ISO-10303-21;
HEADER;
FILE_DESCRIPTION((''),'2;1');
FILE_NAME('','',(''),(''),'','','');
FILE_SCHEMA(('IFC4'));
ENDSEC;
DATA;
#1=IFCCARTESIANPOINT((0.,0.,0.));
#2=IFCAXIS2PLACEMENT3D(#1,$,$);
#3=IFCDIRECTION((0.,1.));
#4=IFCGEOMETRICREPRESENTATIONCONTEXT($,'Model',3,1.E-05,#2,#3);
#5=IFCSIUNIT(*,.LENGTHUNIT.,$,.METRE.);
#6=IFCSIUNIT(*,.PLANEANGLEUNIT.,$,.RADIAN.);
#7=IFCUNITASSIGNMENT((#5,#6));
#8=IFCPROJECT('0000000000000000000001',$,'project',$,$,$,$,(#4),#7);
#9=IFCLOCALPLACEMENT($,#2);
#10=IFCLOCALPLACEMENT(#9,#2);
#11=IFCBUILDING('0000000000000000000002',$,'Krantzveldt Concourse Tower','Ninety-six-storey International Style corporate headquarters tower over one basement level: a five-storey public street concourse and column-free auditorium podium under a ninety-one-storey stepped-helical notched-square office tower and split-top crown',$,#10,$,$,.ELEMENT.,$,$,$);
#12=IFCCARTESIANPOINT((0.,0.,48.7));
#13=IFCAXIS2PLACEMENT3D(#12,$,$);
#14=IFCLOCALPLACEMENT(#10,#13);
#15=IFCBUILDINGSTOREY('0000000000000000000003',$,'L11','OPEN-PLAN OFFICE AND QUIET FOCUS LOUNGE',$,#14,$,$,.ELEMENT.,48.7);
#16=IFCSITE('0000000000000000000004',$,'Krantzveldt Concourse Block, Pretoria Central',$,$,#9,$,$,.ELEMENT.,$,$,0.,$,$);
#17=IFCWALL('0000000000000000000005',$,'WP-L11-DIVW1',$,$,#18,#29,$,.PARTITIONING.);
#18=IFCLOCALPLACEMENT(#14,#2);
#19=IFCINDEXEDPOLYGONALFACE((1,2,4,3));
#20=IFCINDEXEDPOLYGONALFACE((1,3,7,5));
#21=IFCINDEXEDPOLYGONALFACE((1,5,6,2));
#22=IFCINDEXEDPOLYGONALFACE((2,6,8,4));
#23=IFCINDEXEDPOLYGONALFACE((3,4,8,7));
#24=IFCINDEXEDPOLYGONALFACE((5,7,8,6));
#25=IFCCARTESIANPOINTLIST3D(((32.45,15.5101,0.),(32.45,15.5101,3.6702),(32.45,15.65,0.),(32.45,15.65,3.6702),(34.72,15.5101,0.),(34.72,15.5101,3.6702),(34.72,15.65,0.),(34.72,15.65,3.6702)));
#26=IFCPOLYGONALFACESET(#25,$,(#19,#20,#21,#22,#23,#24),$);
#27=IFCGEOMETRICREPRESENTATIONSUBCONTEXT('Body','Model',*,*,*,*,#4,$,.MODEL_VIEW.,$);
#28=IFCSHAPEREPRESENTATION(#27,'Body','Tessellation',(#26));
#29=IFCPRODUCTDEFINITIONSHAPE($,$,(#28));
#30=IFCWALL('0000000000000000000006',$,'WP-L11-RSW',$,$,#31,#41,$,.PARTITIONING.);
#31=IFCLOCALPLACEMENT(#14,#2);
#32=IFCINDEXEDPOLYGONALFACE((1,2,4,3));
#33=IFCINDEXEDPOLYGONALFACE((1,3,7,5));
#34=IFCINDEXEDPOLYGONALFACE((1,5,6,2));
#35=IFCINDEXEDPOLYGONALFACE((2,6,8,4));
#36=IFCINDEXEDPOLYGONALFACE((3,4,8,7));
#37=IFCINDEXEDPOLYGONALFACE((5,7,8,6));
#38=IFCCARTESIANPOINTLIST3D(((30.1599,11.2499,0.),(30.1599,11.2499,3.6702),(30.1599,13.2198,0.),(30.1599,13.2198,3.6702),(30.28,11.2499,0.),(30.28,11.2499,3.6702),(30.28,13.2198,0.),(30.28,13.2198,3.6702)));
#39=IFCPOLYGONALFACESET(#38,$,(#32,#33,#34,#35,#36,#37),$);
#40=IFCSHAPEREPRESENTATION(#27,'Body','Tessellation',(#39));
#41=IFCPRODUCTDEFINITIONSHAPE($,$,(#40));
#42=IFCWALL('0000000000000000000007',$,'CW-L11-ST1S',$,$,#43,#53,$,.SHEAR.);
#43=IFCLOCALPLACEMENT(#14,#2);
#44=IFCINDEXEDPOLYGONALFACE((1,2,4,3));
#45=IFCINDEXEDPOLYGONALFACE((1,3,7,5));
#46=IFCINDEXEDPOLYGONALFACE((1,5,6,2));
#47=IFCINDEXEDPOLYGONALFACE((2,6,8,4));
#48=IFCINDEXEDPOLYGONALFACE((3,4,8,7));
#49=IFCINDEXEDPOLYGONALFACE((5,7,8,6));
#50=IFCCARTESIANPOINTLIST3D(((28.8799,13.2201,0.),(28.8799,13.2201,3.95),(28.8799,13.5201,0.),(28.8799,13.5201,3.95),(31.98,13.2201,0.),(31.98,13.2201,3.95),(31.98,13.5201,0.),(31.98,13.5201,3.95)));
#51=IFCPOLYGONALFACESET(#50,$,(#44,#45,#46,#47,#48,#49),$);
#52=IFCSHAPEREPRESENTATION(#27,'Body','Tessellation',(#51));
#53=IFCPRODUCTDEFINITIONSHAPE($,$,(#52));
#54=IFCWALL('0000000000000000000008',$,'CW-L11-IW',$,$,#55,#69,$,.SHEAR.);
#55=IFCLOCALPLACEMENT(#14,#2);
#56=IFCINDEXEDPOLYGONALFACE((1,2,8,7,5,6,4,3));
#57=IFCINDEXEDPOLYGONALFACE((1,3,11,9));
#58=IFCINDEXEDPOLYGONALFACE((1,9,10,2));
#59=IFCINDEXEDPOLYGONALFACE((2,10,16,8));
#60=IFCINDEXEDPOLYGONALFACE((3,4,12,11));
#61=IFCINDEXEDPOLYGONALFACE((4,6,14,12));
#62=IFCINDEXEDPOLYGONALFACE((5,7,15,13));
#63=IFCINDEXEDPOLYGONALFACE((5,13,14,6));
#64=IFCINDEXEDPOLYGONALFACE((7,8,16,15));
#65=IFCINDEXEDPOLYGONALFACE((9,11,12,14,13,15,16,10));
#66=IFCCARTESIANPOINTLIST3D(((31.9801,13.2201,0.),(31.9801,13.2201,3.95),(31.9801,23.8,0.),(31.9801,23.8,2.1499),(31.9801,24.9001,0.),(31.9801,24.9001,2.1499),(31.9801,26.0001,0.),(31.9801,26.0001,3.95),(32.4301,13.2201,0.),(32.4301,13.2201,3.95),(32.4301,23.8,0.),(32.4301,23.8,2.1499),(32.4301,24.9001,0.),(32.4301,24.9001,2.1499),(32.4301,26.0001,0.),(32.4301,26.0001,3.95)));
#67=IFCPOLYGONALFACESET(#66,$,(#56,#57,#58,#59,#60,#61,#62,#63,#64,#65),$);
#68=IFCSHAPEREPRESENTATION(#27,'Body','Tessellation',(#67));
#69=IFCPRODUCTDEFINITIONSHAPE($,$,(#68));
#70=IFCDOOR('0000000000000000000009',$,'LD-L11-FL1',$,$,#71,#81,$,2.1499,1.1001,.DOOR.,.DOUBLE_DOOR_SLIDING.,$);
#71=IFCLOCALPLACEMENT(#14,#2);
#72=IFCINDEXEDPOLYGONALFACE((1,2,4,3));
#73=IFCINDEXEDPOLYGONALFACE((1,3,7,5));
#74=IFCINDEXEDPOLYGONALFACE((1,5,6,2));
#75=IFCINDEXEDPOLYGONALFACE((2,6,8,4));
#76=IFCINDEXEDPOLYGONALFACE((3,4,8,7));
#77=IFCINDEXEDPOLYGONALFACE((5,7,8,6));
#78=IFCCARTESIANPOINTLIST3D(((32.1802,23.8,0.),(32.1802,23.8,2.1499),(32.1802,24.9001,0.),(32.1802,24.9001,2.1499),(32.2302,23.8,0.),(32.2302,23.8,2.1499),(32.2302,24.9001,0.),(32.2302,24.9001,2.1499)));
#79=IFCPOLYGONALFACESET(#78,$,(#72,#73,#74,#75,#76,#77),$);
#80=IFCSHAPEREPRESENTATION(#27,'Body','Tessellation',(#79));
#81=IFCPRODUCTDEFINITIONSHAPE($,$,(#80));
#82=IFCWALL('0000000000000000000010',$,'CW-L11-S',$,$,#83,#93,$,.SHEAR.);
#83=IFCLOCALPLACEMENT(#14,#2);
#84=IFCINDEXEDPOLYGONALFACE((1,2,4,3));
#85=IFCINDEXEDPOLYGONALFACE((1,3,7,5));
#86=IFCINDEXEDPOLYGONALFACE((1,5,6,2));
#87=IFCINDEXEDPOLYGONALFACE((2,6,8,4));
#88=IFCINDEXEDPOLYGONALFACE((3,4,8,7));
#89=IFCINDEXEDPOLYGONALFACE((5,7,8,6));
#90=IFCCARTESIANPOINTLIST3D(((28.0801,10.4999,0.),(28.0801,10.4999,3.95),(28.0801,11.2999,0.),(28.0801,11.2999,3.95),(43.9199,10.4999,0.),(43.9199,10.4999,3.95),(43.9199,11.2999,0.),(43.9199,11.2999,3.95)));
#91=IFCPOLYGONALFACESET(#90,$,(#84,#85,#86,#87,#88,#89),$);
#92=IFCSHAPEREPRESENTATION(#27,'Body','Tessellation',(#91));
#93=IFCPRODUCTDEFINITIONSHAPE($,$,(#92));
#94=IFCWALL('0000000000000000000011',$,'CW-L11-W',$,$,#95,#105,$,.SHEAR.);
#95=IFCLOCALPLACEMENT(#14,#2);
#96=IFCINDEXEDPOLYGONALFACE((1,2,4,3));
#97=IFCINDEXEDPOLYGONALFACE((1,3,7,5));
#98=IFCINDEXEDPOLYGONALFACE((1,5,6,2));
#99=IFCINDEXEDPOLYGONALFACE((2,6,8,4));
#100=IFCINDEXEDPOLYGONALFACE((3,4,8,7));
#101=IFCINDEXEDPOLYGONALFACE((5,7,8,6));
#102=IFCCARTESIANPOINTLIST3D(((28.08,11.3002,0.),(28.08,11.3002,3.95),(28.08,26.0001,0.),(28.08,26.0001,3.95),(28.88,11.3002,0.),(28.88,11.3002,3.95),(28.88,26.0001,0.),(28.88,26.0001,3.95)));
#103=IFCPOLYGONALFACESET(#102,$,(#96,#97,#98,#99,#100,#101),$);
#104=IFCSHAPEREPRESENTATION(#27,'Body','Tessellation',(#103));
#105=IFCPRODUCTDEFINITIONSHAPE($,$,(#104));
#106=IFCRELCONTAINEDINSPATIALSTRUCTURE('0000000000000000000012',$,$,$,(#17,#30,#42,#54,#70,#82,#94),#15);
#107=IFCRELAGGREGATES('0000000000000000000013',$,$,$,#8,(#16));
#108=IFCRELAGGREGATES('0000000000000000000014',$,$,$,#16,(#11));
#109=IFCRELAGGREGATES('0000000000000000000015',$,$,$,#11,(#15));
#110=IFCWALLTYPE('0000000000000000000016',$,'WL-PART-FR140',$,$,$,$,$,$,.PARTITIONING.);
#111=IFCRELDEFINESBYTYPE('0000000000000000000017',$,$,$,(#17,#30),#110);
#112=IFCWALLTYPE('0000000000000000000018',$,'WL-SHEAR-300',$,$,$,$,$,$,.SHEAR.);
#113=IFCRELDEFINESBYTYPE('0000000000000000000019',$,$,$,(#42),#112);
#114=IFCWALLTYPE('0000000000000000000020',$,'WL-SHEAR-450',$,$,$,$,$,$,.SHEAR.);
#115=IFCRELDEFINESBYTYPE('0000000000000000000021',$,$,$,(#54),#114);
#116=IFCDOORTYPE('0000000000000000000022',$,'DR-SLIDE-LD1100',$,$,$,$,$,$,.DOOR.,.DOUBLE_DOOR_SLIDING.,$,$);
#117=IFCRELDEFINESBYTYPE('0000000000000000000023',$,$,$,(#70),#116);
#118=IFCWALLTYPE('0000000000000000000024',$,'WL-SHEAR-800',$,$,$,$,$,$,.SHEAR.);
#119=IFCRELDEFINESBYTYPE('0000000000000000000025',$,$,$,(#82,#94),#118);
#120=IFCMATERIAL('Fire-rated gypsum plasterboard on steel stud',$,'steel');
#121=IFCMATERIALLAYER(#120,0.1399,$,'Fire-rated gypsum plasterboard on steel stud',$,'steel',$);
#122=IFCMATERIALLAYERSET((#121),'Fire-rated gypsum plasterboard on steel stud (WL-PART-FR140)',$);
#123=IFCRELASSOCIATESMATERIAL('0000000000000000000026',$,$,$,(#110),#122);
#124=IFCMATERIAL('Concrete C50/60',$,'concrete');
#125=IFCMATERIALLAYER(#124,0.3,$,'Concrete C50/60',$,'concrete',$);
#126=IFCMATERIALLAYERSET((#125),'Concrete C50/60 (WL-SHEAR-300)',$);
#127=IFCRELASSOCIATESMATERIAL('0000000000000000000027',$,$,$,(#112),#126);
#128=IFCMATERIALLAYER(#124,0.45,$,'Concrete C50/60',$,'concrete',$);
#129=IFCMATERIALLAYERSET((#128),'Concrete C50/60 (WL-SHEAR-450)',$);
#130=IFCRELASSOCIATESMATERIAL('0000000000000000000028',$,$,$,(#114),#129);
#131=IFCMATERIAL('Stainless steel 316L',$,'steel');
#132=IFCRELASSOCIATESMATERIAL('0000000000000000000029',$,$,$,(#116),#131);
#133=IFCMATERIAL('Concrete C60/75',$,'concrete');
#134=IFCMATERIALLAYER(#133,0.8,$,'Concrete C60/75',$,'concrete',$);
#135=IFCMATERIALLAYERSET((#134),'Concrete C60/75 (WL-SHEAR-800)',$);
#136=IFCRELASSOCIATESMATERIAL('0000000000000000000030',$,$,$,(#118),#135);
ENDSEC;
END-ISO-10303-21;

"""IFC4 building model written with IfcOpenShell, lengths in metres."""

from ifc_helpers import new_model, si_unit, direction, frame, frame_2d, origin, place, context, subcontext, project, spatial, rectangle, extrude, material, layer, layer_set, type_object, element, fill, save


model = new_model("IFC4")

# Units and contexts
model_context = context("Model", 3, precision=1e-05, world=origin(), true_north=direction((0.0, 1.0)))
body_context = subcontext(model_context, "Body", "Model", "MODEL_VIEW")
ifc_project = project(units=[si_unit("LENGTHUNIT", "METRE"), si_unit("PLANEANGLEUNIT", "RADIAN")], contexts=[model_context])

# Site, building, storey
site_placement = place(None, origin())
site = spatial("IfcSite", under=ifc_project, at=site_placement, Name="Krantzveldt Concourse Block, Pretoria Central", CompositionType="ELEMENT", RefElevation=0.0)
building_placement = place(site_placement, origin())
building = spatial("IfcBuilding", under=site, at=building_placement, Name="Krantzveldt Concourse Tower", Description="Ninety-six-storey International Style corporate headquarters tower over one basement level: a five-storey public street concourse and column-free auditorium podium under a ninety-one-storey stepped-helical notched-square office tower and split-top crown", CompositionType="ELEMENT")
storey_placement = place(building_placement, frame((0.0, 0.0, 48.7)))
storey = spatial("IfcBuildingStorey", under=building, at=storey_placement, Name="L11", Description="OPEN-PLAN OFFICE AND QUIET FOCUS LOUNGE", CompositionType="ELEMENT", Elevation=48.7)

# Shared definitions
ifc_material_1 = material(Name="Concrete C60/75", Category="concrete")

# Shared definitions
ifc_material_2 = material(Name="Fire-rated gypsum plasterboard on steel stud", Category="steel")

# Walls
ifc_layer_1 = layer(ifc_material_2, 0.1399, Name="Fire-rated gypsum plasterboard on steel stud", Category="steel")
ifc_layer_set_1 = layer_set([ifc_layer_1], Name="Fire-rated gypsum plasterboard on steel stud (WL-PART-FR140)")
wall_type_1 = type_object("IfcWallType", Name="WL-PART-FR140", PredefinedType="PARTITIONING", material=ifc_layer_set_1)
wall_1_placement = place(storey_placement, frame((32.45, 15.5801, 0.0), z_axis=(0.0, 0.0, 1.0), x_axis=(1.0, 0.0, 0.0)))
element("IfcWall", 1, at=wall_1_placement, inside=storey, type_object=wall_type_1, Name="WP-L11-DIVW1", PredefinedType="PARTITIONING", context=body_context, shape_type="SweptSolid", body=[
    extrude(rectangle(XDim=2.27, YDim=0.1399, at=frame_2d((1.135, 0.0))), origin(), (0.0, 0.0, 1.0), 3.6702),
])
wall_2_placement = place(storey_placement, frame((30.22, 11.25, 0.0), z_axis=(0.0, 0.0, 1.0), x_axis=(0.0, 1.0, 0.0)))
element("IfcWall", 2, at=wall_2_placement, inside=storey, type_object=wall_type_1, Name="WP-L11-RSW", PredefinedType="PARTITIONING", context=body_context, shape_type="SweptSolid", body=[
    extrude(rectangle(XDim=1.97, YDim=0.1201, at=frame_2d((0.9849, 0.0))), origin(), (0.0, 0.0, 1.0), 3.6702),
])
ifc_material_3 = material(Name="Concrete C50/60", Category="concrete")
ifc_layer_2 = layer(ifc_material_3, 0.3, Name="Concrete C50/60", Category="concrete")
ifc_layer_set_2 = layer_set([ifc_layer_2], Name="Concrete C50/60 (WL-SHEAR-300)")
wall_type_2 = type_object("IfcWallType", Name="WL-SHEAR-300", PredefinedType="SHEAR", material=ifc_layer_set_2)
wall_3_placement = place(storey_placement, frame((28.8799, 13.3701, 0.0), z_axis=(0.0, 0.0, 1.0), x_axis=(1.0, 0.0, 0.0)))
element("IfcWall", 3, at=wall_3_placement, inside=storey, type_object=wall_type_2, Name="CW-L11-ST1S", PredefinedType="SHEAR", context=body_context, shape_type="SweptSolid", body=[
    extrude(rectangle(XDim=3.1001, YDim=0.3, at=frame_2d((1.55, 0.0))), origin(), (0.0, 0.0, 1.0), 3.95),
])

# Wall, opening, door
ifc_layer_3 = layer(ifc_material_3, 0.45, Name="Concrete C50/60", Category="concrete")
ifc_layer_set_3 = layer_set([ifc_layer_3], Name="Concrete C50/60 (WL-SHEAR-450)")
wall_type_3 = type_object("IfcWallType", Name="WL-SHEAR-450", PredefinedType="SHEAR", material=ifc_layer_set_3)
wall_4_placement = place(storey_placement, frame((32.2051, 13.22, 0.0), z_axis=(0.0, 0.0, 1.0), x_axis=(0.0, 1.0, 0.0)))
wall_4 = element("IfcWall", 4, at=wall_4_placement, inside=storey, type_object=wall_type_3, Name="CW-L11-IW", PredefinedType="SHEAR", context=body_context, shape_type="SweptSolid", body=[
    extrude(rectangle(XDim=12.78, YDim=0.45, at=frame_2d((6.3901, 0.0))), origin(), (0.0, 0.0, 1.0), 3.95),
])
opening_1_placement = place(wall_4_placement, frame((10.5801, 0.0, 0.0)))
opening_1 = element("IfcOpeningElement", 5, at=opening_1_placement, cuts=wall_4, PredefinedType="OPENING", context=body_context, shape_type="SweptSolid", body=[
    extrude(rectangle(XDim=1.1001, YDim=2.1499, at=frame_2d((0.55, 1.075))), frame((0.0, 0.2349, 0.0), z_axis=(0.0, -1.0, 0.0), x_axis=(1.0, 0.0, 0.0)), (0.0, 0.0, 1.0), 0.47),
])
ifc_material_4 = material(Name="Stainless steel 316L", Category="steel")
door_type_1 = type_object("IfcDoorType", Name="DR-SLIDE-LD1100", OperationType="DOUBLE_DOOR_SLIDING", PredefinedType="DOOR", material=ifc_material_4)
door_1_placement = place(opening_1_placement, origin())
door_1 = element("IfcDoor", 6, at=door_1_placement, inside=storey, type_object=door_type_1, Name="LD-L11-FL1", OperationType="DOUBLE_DOOR_SLIDING", OverallHeight=2.1499, OverallWidth=1.1001, PredefinedType="DOOR", context=body_context, shape_type="SweptSolid", body=[
    extrude(rectangle(XDim=1.1001, YDim=2.1499, at=frame_2d((0.55, 1.075))), frame((0.0, 0.0249, 0.0), z_axis=(0.0, -1.0, 0.0), x_axis=(1.0, 0.0, 0.0)), (0.0, 0.0, 1.0), 0.05),
])
fill(opening_1, door_1)

# Walls
ifc_layer_4 = layer(ifc_material_1, 0.8, Name="Concrete C60/75", Category="concrete")
ifc_layer_set_4 = layer_set([ifc_layer_4], Name="Concrete C60/75 (WL-SHEAR-800)")
wall_type_4 = type_object("IfcWallType", Name="WL-SHEAR-800", PredefinedType="SHEAR", material=ifc_layer_set_4)
wall_5_placement = place(storey_placement, frame((28.0801, 10.8999, 0.0), z_axis=(0.0, 0.0, 1.0), x_axis=(1.0, 0.0, 0.0)))
element("IfcWall", 7, at=wall_5_placement, inside=storey, type_object=wall_type_4, Name="CW-L11-S", PredefinedType="SHEAR", context=body_context, shape_type="SweptSolid", body=[
    extrude(rectangle(XDim=15.8398, YDim=0.8, at=frame_2d((7.9199, 0.0))), origin(), (0.0, 0.0, 1.0), 3.95),
])
wall_6_placement = place(storey_placement, frame((28.48, 11.3, 0.0), z_axis=(0.0, 0.0, 1.0), x_axis=(0.0, 1.0, 0.0)))
element("IfcWall", 8, at=wall_6_placement, inside=storey, type_object=wall_type_4, Name="CW-L11-W", PredefinedType="SHEAR", context=body_context, shape_type="SweptSolid", body=[
    extrude(rectangle(XDim=14.7, YDim=0.8, at=frame_2d((7.3501, 0.0))), origin(), (0.0, 0.0, 1.0), 3.95),
])

save(model, "model.ifc")
